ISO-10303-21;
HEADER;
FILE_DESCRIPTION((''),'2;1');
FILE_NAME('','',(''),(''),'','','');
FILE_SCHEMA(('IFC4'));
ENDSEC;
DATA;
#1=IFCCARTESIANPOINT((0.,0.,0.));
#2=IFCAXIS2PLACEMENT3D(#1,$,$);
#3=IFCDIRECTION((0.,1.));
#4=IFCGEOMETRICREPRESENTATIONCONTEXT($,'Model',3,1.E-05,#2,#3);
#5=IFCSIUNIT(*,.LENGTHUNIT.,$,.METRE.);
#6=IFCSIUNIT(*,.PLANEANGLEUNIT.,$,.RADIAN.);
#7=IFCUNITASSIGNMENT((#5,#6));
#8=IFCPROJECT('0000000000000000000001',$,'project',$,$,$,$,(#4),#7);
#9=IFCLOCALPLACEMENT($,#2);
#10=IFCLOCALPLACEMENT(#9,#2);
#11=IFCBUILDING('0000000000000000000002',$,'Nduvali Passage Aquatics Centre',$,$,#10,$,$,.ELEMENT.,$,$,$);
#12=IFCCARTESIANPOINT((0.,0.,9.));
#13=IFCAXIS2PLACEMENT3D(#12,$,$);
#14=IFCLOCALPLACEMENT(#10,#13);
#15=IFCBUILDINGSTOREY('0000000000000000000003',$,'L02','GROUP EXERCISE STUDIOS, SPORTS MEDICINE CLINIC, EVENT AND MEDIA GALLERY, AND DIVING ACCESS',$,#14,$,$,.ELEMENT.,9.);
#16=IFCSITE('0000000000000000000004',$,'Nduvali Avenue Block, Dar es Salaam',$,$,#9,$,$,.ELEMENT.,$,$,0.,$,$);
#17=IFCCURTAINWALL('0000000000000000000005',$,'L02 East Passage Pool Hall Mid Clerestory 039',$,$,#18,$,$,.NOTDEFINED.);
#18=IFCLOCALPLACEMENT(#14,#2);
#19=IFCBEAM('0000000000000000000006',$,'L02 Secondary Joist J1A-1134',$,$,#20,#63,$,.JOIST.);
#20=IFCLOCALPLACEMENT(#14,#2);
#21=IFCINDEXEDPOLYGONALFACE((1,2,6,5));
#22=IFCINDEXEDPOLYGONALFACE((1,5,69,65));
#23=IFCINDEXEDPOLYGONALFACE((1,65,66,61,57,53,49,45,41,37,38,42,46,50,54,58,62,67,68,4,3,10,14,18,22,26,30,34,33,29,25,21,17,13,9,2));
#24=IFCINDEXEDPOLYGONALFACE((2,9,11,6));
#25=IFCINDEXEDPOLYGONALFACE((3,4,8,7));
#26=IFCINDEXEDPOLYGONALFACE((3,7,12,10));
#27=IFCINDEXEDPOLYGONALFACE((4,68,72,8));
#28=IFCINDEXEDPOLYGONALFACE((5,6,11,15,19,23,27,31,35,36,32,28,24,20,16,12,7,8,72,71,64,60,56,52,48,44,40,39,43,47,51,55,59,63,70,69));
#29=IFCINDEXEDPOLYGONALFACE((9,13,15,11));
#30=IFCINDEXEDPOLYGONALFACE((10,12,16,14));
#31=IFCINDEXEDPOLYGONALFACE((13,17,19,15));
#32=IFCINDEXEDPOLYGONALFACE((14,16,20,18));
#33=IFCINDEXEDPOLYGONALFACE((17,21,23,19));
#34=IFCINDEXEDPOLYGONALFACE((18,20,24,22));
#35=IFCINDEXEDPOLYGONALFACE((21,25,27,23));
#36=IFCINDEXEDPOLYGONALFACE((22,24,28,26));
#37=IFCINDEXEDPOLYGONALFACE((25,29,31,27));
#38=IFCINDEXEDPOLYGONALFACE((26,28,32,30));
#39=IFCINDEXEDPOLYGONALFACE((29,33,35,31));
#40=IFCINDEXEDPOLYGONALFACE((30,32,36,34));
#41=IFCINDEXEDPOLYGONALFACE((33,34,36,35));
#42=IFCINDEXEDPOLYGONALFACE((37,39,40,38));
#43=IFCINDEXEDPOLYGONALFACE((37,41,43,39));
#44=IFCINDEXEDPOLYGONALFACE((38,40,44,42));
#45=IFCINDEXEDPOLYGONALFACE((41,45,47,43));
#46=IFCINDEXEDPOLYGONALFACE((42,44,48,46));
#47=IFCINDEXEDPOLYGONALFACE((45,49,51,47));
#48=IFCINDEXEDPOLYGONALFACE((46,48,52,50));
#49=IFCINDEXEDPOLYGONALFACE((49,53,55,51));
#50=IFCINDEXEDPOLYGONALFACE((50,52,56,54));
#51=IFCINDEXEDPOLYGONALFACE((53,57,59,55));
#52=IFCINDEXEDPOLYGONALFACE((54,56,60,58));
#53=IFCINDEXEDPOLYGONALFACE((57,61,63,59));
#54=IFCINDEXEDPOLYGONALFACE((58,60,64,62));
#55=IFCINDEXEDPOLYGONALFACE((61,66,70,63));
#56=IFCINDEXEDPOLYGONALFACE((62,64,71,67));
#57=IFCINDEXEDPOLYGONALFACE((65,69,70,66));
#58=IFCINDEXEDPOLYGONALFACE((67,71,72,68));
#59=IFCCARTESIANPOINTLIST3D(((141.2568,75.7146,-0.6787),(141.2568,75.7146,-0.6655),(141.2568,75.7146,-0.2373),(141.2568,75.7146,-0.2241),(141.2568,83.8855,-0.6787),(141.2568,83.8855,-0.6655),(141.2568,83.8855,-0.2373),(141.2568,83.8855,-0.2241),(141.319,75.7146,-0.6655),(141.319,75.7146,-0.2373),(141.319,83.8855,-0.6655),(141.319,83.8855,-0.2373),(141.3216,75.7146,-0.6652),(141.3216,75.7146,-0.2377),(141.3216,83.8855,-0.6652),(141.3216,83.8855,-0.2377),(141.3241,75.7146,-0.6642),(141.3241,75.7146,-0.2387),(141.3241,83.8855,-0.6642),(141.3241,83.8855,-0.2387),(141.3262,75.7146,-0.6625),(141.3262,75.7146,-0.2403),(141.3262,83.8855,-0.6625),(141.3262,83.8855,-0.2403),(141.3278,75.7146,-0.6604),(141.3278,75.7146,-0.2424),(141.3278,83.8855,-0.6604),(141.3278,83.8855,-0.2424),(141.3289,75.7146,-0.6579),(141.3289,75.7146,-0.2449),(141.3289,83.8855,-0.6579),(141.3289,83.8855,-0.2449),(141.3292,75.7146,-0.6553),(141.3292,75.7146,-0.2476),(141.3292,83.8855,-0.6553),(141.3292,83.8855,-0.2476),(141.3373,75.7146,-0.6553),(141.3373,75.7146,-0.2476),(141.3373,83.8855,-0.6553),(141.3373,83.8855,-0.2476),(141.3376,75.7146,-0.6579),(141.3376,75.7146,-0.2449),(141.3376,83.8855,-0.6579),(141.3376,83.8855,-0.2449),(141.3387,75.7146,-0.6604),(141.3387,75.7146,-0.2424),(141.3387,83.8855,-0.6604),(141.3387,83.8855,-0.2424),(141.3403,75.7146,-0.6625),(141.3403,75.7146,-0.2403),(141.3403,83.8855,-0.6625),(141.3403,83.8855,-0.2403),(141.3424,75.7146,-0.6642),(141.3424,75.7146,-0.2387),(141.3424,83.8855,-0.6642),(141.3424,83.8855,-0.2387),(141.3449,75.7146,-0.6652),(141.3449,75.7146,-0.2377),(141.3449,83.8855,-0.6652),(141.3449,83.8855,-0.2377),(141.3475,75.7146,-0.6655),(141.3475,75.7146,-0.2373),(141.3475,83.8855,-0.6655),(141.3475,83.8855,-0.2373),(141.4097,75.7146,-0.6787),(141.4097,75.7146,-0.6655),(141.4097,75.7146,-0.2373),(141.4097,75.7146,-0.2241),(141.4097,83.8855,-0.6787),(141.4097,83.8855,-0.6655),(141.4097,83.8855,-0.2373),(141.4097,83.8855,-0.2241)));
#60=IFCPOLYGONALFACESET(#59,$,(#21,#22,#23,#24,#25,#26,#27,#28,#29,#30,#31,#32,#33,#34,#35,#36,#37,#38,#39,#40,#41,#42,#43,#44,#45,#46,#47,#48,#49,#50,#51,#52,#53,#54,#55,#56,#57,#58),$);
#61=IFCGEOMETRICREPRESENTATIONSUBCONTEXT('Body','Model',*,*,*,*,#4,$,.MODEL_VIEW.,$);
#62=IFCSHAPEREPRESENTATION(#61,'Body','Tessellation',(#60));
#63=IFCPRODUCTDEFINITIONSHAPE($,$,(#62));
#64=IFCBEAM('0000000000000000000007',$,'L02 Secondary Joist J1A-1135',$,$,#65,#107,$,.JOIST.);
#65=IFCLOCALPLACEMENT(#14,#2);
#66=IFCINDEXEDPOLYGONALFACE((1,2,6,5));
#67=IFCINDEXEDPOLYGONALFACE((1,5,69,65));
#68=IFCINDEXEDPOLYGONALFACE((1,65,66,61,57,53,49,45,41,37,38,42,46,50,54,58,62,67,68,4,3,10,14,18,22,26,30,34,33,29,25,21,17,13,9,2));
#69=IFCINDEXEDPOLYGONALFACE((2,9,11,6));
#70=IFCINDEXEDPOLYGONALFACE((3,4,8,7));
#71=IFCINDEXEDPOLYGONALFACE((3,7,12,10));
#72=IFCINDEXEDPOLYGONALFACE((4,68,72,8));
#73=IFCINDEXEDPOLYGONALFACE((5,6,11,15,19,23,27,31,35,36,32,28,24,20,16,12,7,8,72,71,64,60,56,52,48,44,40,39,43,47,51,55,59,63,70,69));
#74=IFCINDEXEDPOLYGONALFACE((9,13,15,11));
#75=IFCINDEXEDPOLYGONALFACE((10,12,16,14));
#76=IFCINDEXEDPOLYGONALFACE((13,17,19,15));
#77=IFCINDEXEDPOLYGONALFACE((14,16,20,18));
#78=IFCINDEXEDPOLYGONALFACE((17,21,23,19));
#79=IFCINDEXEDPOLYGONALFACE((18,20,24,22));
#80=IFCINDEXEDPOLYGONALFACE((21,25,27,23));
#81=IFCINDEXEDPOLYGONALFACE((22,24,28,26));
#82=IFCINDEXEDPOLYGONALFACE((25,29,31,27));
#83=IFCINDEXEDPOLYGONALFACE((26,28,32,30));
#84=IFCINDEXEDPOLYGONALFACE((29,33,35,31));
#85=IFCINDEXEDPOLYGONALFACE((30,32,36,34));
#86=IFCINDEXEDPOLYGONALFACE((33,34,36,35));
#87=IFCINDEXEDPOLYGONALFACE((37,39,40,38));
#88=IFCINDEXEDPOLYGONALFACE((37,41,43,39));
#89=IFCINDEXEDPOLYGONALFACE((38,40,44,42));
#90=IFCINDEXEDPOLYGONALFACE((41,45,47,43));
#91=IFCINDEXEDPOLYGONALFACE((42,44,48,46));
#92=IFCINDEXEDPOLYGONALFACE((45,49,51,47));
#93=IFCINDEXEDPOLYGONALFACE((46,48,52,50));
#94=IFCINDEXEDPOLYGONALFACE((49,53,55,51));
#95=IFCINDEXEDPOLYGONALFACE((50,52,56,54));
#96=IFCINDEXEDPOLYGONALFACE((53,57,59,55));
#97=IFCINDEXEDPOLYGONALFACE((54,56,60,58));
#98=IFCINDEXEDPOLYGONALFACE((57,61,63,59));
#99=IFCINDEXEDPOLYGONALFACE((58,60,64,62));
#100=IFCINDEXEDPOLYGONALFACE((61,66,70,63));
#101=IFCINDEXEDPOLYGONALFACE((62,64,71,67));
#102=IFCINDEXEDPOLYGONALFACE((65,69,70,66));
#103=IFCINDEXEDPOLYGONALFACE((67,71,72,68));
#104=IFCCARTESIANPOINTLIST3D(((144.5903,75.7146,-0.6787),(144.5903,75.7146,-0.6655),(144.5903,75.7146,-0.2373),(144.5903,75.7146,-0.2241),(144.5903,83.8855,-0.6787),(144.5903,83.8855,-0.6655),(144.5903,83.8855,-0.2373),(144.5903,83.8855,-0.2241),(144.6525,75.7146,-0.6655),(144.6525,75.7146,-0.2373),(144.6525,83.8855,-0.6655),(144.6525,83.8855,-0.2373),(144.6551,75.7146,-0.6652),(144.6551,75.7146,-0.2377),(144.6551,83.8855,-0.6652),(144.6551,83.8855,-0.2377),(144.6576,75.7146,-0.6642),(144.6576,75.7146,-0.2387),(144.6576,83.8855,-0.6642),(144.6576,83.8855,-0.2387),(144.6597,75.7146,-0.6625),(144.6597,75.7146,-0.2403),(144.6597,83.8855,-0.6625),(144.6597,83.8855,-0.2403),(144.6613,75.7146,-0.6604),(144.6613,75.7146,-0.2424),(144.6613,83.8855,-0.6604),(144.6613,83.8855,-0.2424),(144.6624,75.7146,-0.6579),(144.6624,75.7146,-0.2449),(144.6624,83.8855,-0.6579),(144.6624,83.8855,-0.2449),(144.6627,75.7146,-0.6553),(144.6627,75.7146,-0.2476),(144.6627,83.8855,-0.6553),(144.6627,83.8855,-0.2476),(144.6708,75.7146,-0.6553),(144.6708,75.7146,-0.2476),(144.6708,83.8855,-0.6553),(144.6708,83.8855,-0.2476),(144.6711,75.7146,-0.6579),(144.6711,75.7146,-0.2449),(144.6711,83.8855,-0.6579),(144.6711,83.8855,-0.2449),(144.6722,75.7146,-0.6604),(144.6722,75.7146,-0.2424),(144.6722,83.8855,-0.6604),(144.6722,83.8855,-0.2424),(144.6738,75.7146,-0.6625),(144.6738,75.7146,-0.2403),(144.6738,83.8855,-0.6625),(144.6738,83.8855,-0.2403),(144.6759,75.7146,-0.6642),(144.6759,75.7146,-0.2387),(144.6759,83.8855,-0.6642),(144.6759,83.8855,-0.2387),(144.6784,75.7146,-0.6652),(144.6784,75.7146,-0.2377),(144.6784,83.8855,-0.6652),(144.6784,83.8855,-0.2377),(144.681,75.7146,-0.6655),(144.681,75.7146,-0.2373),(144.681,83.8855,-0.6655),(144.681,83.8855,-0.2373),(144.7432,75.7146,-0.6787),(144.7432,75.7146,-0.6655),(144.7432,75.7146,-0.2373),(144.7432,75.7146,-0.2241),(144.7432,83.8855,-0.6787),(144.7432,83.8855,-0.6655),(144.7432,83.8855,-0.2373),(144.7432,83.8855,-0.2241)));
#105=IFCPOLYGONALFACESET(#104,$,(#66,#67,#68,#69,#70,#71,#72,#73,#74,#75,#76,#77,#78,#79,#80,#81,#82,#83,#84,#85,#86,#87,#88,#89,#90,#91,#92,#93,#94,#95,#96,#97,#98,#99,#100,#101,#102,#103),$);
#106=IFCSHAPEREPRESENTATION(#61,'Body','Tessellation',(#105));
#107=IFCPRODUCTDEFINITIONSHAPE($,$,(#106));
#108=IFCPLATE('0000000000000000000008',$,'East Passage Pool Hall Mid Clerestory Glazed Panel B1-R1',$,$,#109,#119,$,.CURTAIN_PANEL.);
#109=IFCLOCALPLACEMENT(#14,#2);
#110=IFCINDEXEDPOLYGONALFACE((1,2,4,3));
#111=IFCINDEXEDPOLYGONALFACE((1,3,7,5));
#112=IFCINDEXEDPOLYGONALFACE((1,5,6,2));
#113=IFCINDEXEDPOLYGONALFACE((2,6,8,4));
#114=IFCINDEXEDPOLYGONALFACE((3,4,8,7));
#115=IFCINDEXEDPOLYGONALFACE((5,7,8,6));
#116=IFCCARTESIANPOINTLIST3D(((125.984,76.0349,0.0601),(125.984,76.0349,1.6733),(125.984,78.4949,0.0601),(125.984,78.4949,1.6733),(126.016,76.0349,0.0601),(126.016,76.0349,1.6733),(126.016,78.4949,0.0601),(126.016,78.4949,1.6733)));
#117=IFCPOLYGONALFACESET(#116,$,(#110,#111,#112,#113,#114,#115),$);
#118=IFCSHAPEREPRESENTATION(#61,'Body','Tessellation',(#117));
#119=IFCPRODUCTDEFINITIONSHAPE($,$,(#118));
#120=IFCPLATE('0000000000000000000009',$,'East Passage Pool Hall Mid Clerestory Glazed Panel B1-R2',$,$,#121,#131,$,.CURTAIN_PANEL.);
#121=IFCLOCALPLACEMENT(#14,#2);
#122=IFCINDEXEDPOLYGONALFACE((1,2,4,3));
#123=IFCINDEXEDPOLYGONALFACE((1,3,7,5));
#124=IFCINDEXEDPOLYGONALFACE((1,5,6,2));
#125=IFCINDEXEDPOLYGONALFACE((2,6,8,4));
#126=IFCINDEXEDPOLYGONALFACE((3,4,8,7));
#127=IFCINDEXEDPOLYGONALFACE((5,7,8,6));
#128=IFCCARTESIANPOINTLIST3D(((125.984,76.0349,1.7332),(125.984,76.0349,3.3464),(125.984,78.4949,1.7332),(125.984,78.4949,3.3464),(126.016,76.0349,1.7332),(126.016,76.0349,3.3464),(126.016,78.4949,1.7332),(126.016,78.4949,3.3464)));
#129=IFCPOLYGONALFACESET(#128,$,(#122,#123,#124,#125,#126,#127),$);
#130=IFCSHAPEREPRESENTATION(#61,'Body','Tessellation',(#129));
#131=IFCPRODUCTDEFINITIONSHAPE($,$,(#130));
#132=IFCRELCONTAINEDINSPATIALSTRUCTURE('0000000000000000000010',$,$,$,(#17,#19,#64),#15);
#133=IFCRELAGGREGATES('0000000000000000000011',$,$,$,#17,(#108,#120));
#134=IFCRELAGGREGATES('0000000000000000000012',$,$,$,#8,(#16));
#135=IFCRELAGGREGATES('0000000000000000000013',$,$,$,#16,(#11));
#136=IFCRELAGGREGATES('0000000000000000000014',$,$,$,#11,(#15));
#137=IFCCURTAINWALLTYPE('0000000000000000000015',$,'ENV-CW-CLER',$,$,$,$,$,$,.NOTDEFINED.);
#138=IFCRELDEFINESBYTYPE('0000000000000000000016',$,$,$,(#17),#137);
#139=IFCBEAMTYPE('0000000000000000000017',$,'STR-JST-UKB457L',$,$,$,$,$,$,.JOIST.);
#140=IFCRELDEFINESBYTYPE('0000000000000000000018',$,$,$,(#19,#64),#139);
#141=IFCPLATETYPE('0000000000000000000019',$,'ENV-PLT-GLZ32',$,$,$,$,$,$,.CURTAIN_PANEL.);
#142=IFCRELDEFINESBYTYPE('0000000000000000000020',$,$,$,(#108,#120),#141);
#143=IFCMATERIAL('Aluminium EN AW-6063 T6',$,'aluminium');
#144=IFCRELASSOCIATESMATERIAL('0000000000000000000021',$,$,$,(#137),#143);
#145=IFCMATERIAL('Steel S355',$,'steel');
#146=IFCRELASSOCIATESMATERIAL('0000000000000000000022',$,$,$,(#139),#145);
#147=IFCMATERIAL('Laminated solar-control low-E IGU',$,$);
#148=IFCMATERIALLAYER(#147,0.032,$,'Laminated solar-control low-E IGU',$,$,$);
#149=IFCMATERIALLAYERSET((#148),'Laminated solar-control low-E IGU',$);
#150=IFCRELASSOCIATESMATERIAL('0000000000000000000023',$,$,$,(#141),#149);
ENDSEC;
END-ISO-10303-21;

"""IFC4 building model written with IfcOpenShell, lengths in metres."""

from ifc_helpers import new_model, si_unit, direction, frame, origin, origin_2d, place, context, subcontext, project, spatial, rectangle, i_section, extrude, material, layer, layer_set, material_profile, profile_set, type_object, element, aggregate, save


model = new_model("IFC4")

# Units and contexts
model_context = context("Model", 3, precision=1e-05, world=origin(), true_north=direction((0.0, 1.0)))
body_context = subcontext(model_context, "Body", "Model", "MODEL_VIEW")
ifc_project = project(units=[si_unit("LENGTHUNIT", "METRE"), si_unit("PLANEANGLEUNIT", "RADIAN")], contexts=[model_context])

# Site, building, storey
site_placement = place(None, origin())
site = spatial("IfcSite", under=ifc_project, at=site_placement, Name="Nduvali Avenue Block, Dar es Salaam", CompositionType="ELEMENT", RefElevation=0.0)
building_placement = place(site_placement, origin())
building = spatial("IfcBuilding", under=site, at=building_placement, Name="Nduvali Passage Aquatics Centre", CompositionType="ELEMENT")
storey_placement = place(building_placement, frame((0.0, 0.0, 9.0)))
storey = spatial("IfcBuildingStorey", under=building, at=storey_placement, Name="L02", Description="GROUP EXERCISE STUDIOS, SPORTS MEDICINE CLINIC, EVENT AND MEDIA GALLERY, AND DIVING ACCESS", CompositionType="ELEMENT", Elevation=9.0)

# Shared definitions
ifc_material_1 = material(Name="Aluminium EN AW-6063 T6", Category="aluminium")
curtain_wall_type = type_object("IfcCurtainWallType", Name="ENV-CW-CLER", PredefinedType="NOTDEFINED", material=ifc_material_1)

# Curtain wall
curtain_wall_1_placement = place(storey_placement, origin())
curtain_wall_1 = element("IfcCurtainWall", 1, at=curtain_wall_1_placement, inside=storey, type_object=curtain_wall_type, Name="L02 East Passage Pool Hall Mid Clerestory 039", PredefinedType="NOTDEFINED")

# Beams
ifc_material_2 = material(Name="Steel S355", Category="steel")
ifc_material_profile_1 = material_profile(ifc_material_2, i_section(OverallWidth=0.1528, OverallDepth=0.4546, WebThickness=0.0081, FlangeThickness=0.0132, FilletRadius=0.0103, at=origin_2d()), Name="UKB 457x152x60")
ifc_profile_set_1 = profile_set([ifc_material_profile_1], Name="Steel S355")
beam_type_1 = type_object("IfcBeamType", Name="STR-JST-UKB457L", PredefinedType="JOIST", material=ifc_profile_set_1)
for number, where, z_axis, x_axis, name in (
    (2, (141.3333, 75.7146, -0.4514), (0.0, 1.0, 0.0), (-1.0, 0.0, 0.0), "L02 Secondary Joist J1A-1134"),
    (3, (144.6667, 75.7146, -0.4514), (0.0, 1.0, 0.0), (-1.0, 0.0, 0.0), "L02 Secondary Joist J1A-1135"),
):
    element("IfcBeam", number, at=place(storey_placement, frame(where, z_axis=z_axis, x_axis=x_axis)), inside=storey, type_object=beam_type_1, Name=name, PredefinedType="JOIST", context=body_context, shape_type="SweptSolid", body=[
        extrude(i_section(OverallWidth=0.1528, OverallDepth=0.4546, WebThickness=0.0081, FlangeThickness=0.0132, FilletRadius=0.0103, at=origin_2d()), origin(), (0.0, 0.0, 1.0), 8.1709),
    ])

# Plates
ifc_material_3 = material(Name="Laminated solar-control low-E IGU")
ifc_layer = layer(ifc_material_3, 0.032, Name="Laminated solar-control low-E IGU")
ifc_layer_set = layer_set([ifc_layer], Name="Laminated solar-control low-E IGU")
plate_type = type_object("IfcPlateType", Name="ENV-PLT-GLZ32", PredefinedType="CURTAIN_PANEL", material=ifc_layer_set)
plate_1_placement = place(storey_placement, frame((126.0, 77.2649, 0.0601), z_axis=(0.0, 0.0, 1.0), x_axis=(0.0, 1.0, 0.0)))
plate_1 = element("IfcPlate", 4, at=plate_1_placement, type_object=plate_type, Name="East Passage Pool Hall Mid Clerestory Glazed Panel B1-R1", PredefinedType="CURTAIN_PANEL", context=body_context, shape_type="SweptSolid", body=[
    extrude(rectangle(XDim=2.46, YDim=0.032, at=origin_2d()), origin(), (0.0, 0.0, 1.0), 1.6133),
])
plate_2_placement = place(storey_placement, frame((126.0, 77.2649, 1.7332), z_axis=(0.0, 0.0, 1.0), x_axis=(0.0, 1.0, 0.0)))
plate_2 = element("IfcPlate", 5, at=plate_2_placement, type_object=plate_type, Name="East Passage Pool Hall Mid Clerestory Glazed Panel B1-R2", PredefinedType="CURTAIN_PANEL", context=body_context, shape_type="SweptSolid", body=[
    extrude(rectangle(XDim=2.46, YDim=0.032, at=origin_2d()), origin(), (0.0, 0.0, 1.0), 1.6133),
])
aggregate(curtain_wall_1, [plate_1, plate_2])

save(model, "model.ifc")
